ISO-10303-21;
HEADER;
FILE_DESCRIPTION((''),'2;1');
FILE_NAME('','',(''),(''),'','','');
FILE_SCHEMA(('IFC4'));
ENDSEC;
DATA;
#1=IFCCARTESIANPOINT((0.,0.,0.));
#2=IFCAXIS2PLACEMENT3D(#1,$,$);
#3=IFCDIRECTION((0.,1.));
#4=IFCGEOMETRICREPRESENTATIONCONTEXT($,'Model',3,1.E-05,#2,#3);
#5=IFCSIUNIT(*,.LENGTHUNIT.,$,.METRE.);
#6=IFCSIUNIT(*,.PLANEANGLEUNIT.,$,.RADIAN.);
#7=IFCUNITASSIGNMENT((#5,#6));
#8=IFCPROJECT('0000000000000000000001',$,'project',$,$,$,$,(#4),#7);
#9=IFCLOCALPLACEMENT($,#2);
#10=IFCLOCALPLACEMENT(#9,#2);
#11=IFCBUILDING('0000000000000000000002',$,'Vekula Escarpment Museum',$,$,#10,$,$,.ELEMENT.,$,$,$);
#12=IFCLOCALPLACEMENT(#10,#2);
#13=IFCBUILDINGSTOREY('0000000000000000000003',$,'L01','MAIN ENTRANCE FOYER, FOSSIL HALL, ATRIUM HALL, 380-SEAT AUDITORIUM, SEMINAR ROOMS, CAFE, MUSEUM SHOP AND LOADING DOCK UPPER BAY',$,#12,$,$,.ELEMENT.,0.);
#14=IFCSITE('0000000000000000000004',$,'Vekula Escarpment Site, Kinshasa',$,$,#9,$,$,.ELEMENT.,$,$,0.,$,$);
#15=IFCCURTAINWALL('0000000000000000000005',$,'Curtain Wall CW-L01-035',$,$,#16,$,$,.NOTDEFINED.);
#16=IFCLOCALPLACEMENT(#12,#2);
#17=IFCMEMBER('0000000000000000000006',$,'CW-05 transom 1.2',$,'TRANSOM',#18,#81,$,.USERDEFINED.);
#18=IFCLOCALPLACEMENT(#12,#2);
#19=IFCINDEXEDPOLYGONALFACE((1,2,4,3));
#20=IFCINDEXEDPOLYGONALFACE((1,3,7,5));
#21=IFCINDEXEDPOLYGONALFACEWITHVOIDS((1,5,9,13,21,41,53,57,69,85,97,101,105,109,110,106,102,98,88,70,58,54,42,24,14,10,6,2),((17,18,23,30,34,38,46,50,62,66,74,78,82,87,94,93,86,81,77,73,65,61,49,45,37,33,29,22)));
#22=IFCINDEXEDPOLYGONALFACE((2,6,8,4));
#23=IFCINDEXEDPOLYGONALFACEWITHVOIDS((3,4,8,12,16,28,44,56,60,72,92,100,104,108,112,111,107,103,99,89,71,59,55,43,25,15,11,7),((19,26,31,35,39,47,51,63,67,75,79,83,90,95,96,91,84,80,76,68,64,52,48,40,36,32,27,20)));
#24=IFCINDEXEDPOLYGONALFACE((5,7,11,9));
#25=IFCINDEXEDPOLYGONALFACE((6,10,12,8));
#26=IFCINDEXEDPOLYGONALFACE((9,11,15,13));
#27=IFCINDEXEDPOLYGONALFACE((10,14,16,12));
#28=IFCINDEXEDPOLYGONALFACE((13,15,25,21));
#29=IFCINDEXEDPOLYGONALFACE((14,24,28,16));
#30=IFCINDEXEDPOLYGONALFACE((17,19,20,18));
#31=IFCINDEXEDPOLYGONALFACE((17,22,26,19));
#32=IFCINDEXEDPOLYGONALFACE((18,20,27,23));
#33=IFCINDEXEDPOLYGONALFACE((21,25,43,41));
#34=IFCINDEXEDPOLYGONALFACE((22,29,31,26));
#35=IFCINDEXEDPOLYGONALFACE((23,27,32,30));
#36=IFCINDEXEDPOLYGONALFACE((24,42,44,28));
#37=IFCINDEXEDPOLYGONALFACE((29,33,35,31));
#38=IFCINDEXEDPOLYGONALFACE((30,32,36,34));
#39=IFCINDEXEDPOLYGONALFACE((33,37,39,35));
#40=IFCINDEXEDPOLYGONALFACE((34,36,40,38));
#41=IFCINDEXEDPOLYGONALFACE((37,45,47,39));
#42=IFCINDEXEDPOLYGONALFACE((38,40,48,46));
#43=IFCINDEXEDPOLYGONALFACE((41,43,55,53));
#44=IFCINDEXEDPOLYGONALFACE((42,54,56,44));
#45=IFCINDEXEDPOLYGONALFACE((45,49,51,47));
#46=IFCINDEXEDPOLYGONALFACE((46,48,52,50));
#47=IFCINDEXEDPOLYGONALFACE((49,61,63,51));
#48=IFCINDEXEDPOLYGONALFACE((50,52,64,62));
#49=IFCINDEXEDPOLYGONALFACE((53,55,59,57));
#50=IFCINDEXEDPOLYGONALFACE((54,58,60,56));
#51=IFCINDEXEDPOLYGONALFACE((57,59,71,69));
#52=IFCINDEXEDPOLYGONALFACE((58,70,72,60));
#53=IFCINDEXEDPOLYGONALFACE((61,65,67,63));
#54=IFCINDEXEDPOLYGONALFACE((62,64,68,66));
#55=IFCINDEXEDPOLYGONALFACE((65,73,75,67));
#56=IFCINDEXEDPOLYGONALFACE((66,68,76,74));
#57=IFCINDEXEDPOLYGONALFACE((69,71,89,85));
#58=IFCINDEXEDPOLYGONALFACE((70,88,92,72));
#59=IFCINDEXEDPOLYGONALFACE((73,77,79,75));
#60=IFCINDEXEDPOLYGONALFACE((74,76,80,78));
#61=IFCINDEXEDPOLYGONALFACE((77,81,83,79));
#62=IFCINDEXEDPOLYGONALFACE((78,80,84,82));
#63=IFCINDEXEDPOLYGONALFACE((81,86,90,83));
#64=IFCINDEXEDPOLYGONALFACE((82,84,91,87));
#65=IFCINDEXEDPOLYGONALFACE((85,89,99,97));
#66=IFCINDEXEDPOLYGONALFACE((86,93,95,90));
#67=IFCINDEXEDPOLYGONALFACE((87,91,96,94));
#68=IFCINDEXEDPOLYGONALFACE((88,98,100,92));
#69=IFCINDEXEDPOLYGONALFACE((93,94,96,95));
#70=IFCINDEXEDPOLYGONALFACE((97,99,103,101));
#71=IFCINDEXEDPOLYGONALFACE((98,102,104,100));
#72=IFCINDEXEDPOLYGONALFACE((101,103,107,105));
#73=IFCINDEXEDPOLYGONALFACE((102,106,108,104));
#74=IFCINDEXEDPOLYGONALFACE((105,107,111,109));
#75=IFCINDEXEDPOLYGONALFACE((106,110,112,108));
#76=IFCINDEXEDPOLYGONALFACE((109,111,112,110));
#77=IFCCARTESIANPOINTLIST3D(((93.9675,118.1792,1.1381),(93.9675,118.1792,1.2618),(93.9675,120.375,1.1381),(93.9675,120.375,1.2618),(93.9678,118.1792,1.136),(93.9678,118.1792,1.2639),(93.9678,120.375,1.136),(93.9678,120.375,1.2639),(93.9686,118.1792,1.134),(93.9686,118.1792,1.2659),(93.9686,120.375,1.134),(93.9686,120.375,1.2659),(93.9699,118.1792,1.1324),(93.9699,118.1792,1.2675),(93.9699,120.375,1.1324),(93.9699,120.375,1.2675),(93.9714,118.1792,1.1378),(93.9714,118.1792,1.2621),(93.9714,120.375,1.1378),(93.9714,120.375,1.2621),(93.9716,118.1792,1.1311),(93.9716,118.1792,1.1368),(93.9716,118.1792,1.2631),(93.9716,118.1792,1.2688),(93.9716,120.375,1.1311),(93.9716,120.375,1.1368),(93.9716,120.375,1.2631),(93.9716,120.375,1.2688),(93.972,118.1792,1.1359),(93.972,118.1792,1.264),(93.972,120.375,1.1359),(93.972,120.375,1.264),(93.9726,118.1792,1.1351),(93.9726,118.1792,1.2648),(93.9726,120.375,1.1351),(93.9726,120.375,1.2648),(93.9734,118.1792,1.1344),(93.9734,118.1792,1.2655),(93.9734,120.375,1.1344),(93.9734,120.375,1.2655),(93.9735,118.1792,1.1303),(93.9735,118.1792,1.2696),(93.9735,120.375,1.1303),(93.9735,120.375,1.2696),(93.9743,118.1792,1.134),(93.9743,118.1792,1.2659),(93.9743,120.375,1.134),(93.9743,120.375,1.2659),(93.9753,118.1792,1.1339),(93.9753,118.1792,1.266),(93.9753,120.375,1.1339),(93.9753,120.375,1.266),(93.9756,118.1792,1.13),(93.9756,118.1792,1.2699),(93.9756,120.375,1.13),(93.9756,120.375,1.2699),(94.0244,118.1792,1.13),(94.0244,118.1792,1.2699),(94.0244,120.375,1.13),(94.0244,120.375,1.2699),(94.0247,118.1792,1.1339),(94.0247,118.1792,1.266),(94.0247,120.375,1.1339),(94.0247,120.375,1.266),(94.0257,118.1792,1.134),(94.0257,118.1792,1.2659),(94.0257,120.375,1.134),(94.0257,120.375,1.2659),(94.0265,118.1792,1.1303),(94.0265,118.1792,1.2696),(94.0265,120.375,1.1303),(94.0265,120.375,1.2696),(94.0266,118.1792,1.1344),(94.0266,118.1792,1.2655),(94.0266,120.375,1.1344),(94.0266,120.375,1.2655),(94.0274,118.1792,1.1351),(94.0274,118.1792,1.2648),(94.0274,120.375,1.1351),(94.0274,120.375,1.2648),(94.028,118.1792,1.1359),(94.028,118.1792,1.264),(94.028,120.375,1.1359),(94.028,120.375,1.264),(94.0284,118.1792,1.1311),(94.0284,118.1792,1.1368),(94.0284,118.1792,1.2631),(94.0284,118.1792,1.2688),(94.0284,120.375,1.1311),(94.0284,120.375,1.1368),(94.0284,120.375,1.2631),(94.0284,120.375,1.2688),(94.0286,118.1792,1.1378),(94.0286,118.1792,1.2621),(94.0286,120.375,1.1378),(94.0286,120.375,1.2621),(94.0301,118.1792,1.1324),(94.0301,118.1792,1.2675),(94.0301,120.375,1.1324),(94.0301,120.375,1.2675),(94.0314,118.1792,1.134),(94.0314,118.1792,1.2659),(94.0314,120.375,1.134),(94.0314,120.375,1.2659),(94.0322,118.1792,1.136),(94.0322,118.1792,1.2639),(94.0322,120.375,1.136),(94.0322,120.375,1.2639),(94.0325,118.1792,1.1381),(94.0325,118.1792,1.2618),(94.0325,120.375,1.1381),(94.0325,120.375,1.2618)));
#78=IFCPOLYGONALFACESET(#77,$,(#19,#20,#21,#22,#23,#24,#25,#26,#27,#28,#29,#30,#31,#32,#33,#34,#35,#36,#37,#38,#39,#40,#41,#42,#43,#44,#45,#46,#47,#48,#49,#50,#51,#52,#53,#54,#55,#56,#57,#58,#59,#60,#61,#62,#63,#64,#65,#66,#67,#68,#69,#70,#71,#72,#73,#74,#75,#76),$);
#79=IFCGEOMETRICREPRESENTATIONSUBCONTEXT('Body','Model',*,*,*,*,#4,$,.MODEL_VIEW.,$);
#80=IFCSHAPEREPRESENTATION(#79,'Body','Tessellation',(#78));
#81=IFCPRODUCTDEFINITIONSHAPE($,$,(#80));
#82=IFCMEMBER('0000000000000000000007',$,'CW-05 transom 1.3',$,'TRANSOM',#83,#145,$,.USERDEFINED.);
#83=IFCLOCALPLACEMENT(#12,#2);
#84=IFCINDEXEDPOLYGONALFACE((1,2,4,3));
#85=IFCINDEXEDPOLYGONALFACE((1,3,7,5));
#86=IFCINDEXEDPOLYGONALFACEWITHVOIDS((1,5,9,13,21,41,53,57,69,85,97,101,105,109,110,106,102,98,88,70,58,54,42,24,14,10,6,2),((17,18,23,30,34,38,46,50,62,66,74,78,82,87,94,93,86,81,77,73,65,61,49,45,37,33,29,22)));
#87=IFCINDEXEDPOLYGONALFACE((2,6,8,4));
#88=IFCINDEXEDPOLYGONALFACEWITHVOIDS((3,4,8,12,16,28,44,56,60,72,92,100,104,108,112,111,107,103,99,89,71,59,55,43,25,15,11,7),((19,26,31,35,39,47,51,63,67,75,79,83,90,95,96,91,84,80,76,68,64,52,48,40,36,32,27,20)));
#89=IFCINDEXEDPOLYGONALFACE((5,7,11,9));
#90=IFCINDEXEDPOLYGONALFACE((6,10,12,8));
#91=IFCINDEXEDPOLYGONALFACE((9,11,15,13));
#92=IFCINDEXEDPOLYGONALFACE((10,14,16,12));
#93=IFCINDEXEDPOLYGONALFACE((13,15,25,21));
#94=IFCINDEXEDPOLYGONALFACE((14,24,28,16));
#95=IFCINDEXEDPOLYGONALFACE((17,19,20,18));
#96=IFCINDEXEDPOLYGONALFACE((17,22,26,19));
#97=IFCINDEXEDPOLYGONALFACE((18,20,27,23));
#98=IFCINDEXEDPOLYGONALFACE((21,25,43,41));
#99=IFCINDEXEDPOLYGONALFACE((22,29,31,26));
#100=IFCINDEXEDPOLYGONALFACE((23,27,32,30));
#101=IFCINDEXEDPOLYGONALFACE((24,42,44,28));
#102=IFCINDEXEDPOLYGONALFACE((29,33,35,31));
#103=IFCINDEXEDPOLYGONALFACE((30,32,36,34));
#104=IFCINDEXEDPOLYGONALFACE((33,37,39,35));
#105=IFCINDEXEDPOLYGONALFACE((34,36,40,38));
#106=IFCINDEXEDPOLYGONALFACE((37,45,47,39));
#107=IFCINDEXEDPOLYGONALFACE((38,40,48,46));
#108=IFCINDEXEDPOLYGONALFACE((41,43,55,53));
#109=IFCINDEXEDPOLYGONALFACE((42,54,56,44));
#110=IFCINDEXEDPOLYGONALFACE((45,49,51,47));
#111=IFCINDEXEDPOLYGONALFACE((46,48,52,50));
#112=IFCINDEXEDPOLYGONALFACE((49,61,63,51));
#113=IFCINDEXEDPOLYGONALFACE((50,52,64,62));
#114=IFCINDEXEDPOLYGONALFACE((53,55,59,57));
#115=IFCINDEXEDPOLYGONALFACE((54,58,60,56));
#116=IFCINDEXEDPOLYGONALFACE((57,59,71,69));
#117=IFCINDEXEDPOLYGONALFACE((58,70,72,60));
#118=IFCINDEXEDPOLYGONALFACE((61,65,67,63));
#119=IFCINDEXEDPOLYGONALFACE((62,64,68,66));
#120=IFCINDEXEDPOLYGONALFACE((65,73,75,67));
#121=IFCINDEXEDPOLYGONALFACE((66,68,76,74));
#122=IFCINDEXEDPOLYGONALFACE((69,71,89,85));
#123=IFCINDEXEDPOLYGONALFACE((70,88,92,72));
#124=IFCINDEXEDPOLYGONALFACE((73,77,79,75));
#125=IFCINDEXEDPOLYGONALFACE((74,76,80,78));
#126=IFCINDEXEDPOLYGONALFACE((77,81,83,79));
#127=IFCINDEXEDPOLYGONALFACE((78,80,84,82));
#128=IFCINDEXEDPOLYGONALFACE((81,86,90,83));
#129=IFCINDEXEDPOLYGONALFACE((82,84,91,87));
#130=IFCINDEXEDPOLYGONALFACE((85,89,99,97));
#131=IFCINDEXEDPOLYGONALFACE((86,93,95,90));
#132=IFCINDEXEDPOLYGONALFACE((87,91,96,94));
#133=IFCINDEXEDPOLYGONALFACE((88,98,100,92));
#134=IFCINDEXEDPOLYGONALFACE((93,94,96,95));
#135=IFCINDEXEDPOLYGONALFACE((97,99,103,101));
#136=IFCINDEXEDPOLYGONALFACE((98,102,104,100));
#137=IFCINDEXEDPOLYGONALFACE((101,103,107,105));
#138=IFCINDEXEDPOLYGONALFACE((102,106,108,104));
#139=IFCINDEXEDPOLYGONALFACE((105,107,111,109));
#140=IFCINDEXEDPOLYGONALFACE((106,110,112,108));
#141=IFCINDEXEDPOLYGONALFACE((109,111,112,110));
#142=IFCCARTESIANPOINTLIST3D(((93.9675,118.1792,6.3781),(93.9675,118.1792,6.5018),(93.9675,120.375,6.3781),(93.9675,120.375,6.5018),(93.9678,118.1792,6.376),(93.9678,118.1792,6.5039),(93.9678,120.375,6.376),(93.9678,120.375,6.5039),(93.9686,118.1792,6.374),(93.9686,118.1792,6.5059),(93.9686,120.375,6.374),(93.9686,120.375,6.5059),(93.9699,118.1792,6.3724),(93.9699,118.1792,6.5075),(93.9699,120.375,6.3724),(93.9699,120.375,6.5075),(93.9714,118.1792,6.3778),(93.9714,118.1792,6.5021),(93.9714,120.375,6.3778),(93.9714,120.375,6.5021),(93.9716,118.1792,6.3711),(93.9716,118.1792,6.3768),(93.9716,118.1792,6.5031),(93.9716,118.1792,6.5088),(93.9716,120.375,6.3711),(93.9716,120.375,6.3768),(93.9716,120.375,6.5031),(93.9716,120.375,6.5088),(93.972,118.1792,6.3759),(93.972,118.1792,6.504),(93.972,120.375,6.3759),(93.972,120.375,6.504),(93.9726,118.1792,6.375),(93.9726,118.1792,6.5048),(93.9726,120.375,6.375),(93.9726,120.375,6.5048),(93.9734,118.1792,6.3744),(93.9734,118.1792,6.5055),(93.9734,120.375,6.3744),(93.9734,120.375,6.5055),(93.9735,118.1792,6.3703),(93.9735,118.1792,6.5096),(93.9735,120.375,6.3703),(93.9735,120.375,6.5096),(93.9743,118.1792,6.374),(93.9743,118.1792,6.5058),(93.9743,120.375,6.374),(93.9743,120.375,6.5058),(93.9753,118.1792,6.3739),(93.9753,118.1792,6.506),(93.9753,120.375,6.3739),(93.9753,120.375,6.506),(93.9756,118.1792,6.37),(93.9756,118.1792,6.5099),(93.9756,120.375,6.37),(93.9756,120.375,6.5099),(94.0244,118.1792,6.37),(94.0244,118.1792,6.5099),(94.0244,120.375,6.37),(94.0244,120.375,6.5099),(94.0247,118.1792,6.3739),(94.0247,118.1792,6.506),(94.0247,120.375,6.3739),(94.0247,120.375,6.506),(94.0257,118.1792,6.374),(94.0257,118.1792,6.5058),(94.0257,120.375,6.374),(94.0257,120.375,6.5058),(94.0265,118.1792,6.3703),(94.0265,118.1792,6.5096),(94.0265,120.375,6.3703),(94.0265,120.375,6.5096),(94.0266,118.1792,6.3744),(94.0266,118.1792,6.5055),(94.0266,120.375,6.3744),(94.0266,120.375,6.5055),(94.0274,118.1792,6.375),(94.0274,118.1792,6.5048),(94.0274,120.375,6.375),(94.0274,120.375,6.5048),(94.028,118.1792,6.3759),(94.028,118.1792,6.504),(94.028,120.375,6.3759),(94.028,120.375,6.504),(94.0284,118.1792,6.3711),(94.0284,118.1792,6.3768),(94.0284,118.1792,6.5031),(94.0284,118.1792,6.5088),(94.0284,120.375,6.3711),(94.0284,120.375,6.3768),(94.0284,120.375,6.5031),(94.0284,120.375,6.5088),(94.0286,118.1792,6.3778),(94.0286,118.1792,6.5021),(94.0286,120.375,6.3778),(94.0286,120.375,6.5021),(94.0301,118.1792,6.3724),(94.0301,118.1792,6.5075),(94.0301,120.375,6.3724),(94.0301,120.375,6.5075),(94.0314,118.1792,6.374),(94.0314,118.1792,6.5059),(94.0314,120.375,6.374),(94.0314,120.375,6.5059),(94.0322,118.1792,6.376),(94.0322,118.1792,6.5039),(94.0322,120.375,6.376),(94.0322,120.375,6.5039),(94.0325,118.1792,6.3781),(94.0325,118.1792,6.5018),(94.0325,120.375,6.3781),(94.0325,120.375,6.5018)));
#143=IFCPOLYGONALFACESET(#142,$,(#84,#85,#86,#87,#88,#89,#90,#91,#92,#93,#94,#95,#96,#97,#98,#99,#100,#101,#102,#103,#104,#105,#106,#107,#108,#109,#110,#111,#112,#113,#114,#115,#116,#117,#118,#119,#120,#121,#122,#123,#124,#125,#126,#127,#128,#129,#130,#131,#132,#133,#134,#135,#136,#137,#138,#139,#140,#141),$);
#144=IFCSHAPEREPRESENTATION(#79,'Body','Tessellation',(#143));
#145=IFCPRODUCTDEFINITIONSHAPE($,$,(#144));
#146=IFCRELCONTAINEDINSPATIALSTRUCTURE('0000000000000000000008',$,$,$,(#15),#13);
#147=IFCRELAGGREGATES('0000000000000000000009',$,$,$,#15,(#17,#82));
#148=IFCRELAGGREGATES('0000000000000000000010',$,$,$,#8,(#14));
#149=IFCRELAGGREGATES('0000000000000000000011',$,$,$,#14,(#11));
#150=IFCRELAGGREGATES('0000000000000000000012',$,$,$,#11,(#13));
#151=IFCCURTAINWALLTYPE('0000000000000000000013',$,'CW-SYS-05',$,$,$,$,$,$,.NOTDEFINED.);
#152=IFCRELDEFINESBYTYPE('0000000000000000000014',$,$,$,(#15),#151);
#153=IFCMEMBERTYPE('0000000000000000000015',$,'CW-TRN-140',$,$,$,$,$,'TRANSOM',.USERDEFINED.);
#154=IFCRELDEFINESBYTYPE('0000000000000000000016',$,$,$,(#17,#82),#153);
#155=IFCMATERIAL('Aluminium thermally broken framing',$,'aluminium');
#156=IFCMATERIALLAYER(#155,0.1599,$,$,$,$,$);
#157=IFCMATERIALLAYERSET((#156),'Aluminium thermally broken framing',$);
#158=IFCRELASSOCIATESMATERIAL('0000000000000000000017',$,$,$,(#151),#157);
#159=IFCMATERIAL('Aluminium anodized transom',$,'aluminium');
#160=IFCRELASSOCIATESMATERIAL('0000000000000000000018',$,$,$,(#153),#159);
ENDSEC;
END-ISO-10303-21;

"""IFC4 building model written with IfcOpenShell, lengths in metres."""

from ifc_helpers import new_model, si_unit, direction, frame, origin, origin_2d, place, context, subcontext, project, spatial, hollow_rectangle, extrude, material, layer, layer_set, material_profile, profile_set, type_object, element, aggregate, save


model = new_model("IFC4")

# Units and contexts
model_context = context("Model", 3, precision=1e-05, world=origin(), true_north=direction((0.0, 1.0)))
body_context = subcontext(model_context, "Body", "Model", "MODEL_VIEW")
ifc_project = project(units=[si_unit("LENGTHUNIT", "METRE"), si_unit("PLANEANGLEUNIT", "RADIAN")], contexts=[model_context])

# Site, building, storey
site_placement = place(None, origin())
site = spatial("IfcSite", under=ifc_project, at=site_placement, Name="Vekula Escarpment Site, Kinshasa", CompositionType="ELEMENT", RefElevation=0.0)
building_placement = place(site_placement, origin())
building = spatial("IfcBuilding", under=site, at=building_placement, Name="Vekula Escarpment Museum", CompositionType="ELEMENT")
storey_placement = place(building_placement, origin())
storey = spatial("IfcBuildingStorey", under=building, at=storey_placement, Name="L01", Description="MAIN ENTRANCE FOYER, FOSSIL HALL, ATRIUM HALL, 380-SEAT AUDITORIUM, SEMINAR ROOMS, CAFE, MUSEUM SHOP AND LOADING DOCK UPPER BAY", CompositionType="ELEMENT", Elevation=0.0)

# Curtain wall
ifc_material_1 = material(Name="Aluminium thermally broken framing", Category="aluminium")
ifc_layer_1 = layer(ifc_material_1, 0.1599)
ifc_layer_set_1 = layer_set([ifc_layer_1], Name="Aluminium thermally broken framing")
curtain_wall_type_1 = type_object("IfcCurtainWallType", Name="CW-SYS-05", PredefinedType="NOTDEFINED", material=ifc_layer_set_1)
curtain_wall_1_placement = place(storey_placement, origin())
curtain_wall_1 = element("IfcCurtainWall", 1, at=curtain_wall_1_placement, inside=storey, type_object=curtain_wall_type_1, Name="Curtain Wall CW-L01-035", PredefinedType="NOTDEFINED")

# Members
ifc_material_2 = material(Name="Aluminium anodized transom", Category="aluminium")
ifc_material_profile_1 = material_profile(ifc_material_2, hollow_rectangle(XDim=0.0649, YDim=0.1399, WallThickness=0.0039, InnerFilletRadius=0.0039, OuterFilletRadius=0.0081, at=origin_2d()), Name="ALU 140x65x4")
ifc_profile_set_1 = profile_set([ifc_material_profile_1], Name="Aluminium anodized transom")
member_type_1 = type_object("IfcMemberType", Name="CW-TRN-140", ElementType="TRANSOM", PredefinedType="USERDEFINED", material=ifc_profile_set_1)
member_1_placement = place(storey_placement, frame((94.0, 120.375, 1.2), z_axis=(0.0, -1.0, 0.0), x_axis=(1.0, 0.0, 0.0)))
member_1 = element("IfcMember", 2, at=member_1_placement, type_object=member_type_1, Name="CW-05 transom 1.2", ObjectType="TRANSOM", PredefinedType="USERDEFINED", context=body_context, shape_type="SweptSolid", body=[
    extrude(hollow_rectangle(XDim=0.0649, YDim=0.1399, WallThickness=0.0039, InnerFilletRadius=0.0039, OuterFilletRadius=0.0081, at=origin_2d()), origin(), (0.0, 0.0, 1.0), 2.1958),
])
member_2_placement = place(storey_placement, frame((94.0, 120.375, 6.4399), z_axis=(0.0, -1.0, 0.0), x_axis=(1.0, 0.0, 0.0)))
member_2 = element("IfcMember", 3, at=member_2_placement, type_object=member_type_1, Name="CW-05 transom 1.3", ObjectType="TRANSOM", PredefinedType="USERDEFINED", context=body_context, shape_type="SweptSolid", body=[
    extrude(hollow_rectangle(XDim=0.0649, YDim=0.1399, WallThickness=0.0039, InnerFilletRadius=0.0039, OuterFilletRadius=0.0081, at=origin_2d()), origin(), (0.0, 0.0, 1.0), 2.1958),
])
aggregate(curtain_wall_1, [member_1, member_2])

save(model, "model.ifc")
